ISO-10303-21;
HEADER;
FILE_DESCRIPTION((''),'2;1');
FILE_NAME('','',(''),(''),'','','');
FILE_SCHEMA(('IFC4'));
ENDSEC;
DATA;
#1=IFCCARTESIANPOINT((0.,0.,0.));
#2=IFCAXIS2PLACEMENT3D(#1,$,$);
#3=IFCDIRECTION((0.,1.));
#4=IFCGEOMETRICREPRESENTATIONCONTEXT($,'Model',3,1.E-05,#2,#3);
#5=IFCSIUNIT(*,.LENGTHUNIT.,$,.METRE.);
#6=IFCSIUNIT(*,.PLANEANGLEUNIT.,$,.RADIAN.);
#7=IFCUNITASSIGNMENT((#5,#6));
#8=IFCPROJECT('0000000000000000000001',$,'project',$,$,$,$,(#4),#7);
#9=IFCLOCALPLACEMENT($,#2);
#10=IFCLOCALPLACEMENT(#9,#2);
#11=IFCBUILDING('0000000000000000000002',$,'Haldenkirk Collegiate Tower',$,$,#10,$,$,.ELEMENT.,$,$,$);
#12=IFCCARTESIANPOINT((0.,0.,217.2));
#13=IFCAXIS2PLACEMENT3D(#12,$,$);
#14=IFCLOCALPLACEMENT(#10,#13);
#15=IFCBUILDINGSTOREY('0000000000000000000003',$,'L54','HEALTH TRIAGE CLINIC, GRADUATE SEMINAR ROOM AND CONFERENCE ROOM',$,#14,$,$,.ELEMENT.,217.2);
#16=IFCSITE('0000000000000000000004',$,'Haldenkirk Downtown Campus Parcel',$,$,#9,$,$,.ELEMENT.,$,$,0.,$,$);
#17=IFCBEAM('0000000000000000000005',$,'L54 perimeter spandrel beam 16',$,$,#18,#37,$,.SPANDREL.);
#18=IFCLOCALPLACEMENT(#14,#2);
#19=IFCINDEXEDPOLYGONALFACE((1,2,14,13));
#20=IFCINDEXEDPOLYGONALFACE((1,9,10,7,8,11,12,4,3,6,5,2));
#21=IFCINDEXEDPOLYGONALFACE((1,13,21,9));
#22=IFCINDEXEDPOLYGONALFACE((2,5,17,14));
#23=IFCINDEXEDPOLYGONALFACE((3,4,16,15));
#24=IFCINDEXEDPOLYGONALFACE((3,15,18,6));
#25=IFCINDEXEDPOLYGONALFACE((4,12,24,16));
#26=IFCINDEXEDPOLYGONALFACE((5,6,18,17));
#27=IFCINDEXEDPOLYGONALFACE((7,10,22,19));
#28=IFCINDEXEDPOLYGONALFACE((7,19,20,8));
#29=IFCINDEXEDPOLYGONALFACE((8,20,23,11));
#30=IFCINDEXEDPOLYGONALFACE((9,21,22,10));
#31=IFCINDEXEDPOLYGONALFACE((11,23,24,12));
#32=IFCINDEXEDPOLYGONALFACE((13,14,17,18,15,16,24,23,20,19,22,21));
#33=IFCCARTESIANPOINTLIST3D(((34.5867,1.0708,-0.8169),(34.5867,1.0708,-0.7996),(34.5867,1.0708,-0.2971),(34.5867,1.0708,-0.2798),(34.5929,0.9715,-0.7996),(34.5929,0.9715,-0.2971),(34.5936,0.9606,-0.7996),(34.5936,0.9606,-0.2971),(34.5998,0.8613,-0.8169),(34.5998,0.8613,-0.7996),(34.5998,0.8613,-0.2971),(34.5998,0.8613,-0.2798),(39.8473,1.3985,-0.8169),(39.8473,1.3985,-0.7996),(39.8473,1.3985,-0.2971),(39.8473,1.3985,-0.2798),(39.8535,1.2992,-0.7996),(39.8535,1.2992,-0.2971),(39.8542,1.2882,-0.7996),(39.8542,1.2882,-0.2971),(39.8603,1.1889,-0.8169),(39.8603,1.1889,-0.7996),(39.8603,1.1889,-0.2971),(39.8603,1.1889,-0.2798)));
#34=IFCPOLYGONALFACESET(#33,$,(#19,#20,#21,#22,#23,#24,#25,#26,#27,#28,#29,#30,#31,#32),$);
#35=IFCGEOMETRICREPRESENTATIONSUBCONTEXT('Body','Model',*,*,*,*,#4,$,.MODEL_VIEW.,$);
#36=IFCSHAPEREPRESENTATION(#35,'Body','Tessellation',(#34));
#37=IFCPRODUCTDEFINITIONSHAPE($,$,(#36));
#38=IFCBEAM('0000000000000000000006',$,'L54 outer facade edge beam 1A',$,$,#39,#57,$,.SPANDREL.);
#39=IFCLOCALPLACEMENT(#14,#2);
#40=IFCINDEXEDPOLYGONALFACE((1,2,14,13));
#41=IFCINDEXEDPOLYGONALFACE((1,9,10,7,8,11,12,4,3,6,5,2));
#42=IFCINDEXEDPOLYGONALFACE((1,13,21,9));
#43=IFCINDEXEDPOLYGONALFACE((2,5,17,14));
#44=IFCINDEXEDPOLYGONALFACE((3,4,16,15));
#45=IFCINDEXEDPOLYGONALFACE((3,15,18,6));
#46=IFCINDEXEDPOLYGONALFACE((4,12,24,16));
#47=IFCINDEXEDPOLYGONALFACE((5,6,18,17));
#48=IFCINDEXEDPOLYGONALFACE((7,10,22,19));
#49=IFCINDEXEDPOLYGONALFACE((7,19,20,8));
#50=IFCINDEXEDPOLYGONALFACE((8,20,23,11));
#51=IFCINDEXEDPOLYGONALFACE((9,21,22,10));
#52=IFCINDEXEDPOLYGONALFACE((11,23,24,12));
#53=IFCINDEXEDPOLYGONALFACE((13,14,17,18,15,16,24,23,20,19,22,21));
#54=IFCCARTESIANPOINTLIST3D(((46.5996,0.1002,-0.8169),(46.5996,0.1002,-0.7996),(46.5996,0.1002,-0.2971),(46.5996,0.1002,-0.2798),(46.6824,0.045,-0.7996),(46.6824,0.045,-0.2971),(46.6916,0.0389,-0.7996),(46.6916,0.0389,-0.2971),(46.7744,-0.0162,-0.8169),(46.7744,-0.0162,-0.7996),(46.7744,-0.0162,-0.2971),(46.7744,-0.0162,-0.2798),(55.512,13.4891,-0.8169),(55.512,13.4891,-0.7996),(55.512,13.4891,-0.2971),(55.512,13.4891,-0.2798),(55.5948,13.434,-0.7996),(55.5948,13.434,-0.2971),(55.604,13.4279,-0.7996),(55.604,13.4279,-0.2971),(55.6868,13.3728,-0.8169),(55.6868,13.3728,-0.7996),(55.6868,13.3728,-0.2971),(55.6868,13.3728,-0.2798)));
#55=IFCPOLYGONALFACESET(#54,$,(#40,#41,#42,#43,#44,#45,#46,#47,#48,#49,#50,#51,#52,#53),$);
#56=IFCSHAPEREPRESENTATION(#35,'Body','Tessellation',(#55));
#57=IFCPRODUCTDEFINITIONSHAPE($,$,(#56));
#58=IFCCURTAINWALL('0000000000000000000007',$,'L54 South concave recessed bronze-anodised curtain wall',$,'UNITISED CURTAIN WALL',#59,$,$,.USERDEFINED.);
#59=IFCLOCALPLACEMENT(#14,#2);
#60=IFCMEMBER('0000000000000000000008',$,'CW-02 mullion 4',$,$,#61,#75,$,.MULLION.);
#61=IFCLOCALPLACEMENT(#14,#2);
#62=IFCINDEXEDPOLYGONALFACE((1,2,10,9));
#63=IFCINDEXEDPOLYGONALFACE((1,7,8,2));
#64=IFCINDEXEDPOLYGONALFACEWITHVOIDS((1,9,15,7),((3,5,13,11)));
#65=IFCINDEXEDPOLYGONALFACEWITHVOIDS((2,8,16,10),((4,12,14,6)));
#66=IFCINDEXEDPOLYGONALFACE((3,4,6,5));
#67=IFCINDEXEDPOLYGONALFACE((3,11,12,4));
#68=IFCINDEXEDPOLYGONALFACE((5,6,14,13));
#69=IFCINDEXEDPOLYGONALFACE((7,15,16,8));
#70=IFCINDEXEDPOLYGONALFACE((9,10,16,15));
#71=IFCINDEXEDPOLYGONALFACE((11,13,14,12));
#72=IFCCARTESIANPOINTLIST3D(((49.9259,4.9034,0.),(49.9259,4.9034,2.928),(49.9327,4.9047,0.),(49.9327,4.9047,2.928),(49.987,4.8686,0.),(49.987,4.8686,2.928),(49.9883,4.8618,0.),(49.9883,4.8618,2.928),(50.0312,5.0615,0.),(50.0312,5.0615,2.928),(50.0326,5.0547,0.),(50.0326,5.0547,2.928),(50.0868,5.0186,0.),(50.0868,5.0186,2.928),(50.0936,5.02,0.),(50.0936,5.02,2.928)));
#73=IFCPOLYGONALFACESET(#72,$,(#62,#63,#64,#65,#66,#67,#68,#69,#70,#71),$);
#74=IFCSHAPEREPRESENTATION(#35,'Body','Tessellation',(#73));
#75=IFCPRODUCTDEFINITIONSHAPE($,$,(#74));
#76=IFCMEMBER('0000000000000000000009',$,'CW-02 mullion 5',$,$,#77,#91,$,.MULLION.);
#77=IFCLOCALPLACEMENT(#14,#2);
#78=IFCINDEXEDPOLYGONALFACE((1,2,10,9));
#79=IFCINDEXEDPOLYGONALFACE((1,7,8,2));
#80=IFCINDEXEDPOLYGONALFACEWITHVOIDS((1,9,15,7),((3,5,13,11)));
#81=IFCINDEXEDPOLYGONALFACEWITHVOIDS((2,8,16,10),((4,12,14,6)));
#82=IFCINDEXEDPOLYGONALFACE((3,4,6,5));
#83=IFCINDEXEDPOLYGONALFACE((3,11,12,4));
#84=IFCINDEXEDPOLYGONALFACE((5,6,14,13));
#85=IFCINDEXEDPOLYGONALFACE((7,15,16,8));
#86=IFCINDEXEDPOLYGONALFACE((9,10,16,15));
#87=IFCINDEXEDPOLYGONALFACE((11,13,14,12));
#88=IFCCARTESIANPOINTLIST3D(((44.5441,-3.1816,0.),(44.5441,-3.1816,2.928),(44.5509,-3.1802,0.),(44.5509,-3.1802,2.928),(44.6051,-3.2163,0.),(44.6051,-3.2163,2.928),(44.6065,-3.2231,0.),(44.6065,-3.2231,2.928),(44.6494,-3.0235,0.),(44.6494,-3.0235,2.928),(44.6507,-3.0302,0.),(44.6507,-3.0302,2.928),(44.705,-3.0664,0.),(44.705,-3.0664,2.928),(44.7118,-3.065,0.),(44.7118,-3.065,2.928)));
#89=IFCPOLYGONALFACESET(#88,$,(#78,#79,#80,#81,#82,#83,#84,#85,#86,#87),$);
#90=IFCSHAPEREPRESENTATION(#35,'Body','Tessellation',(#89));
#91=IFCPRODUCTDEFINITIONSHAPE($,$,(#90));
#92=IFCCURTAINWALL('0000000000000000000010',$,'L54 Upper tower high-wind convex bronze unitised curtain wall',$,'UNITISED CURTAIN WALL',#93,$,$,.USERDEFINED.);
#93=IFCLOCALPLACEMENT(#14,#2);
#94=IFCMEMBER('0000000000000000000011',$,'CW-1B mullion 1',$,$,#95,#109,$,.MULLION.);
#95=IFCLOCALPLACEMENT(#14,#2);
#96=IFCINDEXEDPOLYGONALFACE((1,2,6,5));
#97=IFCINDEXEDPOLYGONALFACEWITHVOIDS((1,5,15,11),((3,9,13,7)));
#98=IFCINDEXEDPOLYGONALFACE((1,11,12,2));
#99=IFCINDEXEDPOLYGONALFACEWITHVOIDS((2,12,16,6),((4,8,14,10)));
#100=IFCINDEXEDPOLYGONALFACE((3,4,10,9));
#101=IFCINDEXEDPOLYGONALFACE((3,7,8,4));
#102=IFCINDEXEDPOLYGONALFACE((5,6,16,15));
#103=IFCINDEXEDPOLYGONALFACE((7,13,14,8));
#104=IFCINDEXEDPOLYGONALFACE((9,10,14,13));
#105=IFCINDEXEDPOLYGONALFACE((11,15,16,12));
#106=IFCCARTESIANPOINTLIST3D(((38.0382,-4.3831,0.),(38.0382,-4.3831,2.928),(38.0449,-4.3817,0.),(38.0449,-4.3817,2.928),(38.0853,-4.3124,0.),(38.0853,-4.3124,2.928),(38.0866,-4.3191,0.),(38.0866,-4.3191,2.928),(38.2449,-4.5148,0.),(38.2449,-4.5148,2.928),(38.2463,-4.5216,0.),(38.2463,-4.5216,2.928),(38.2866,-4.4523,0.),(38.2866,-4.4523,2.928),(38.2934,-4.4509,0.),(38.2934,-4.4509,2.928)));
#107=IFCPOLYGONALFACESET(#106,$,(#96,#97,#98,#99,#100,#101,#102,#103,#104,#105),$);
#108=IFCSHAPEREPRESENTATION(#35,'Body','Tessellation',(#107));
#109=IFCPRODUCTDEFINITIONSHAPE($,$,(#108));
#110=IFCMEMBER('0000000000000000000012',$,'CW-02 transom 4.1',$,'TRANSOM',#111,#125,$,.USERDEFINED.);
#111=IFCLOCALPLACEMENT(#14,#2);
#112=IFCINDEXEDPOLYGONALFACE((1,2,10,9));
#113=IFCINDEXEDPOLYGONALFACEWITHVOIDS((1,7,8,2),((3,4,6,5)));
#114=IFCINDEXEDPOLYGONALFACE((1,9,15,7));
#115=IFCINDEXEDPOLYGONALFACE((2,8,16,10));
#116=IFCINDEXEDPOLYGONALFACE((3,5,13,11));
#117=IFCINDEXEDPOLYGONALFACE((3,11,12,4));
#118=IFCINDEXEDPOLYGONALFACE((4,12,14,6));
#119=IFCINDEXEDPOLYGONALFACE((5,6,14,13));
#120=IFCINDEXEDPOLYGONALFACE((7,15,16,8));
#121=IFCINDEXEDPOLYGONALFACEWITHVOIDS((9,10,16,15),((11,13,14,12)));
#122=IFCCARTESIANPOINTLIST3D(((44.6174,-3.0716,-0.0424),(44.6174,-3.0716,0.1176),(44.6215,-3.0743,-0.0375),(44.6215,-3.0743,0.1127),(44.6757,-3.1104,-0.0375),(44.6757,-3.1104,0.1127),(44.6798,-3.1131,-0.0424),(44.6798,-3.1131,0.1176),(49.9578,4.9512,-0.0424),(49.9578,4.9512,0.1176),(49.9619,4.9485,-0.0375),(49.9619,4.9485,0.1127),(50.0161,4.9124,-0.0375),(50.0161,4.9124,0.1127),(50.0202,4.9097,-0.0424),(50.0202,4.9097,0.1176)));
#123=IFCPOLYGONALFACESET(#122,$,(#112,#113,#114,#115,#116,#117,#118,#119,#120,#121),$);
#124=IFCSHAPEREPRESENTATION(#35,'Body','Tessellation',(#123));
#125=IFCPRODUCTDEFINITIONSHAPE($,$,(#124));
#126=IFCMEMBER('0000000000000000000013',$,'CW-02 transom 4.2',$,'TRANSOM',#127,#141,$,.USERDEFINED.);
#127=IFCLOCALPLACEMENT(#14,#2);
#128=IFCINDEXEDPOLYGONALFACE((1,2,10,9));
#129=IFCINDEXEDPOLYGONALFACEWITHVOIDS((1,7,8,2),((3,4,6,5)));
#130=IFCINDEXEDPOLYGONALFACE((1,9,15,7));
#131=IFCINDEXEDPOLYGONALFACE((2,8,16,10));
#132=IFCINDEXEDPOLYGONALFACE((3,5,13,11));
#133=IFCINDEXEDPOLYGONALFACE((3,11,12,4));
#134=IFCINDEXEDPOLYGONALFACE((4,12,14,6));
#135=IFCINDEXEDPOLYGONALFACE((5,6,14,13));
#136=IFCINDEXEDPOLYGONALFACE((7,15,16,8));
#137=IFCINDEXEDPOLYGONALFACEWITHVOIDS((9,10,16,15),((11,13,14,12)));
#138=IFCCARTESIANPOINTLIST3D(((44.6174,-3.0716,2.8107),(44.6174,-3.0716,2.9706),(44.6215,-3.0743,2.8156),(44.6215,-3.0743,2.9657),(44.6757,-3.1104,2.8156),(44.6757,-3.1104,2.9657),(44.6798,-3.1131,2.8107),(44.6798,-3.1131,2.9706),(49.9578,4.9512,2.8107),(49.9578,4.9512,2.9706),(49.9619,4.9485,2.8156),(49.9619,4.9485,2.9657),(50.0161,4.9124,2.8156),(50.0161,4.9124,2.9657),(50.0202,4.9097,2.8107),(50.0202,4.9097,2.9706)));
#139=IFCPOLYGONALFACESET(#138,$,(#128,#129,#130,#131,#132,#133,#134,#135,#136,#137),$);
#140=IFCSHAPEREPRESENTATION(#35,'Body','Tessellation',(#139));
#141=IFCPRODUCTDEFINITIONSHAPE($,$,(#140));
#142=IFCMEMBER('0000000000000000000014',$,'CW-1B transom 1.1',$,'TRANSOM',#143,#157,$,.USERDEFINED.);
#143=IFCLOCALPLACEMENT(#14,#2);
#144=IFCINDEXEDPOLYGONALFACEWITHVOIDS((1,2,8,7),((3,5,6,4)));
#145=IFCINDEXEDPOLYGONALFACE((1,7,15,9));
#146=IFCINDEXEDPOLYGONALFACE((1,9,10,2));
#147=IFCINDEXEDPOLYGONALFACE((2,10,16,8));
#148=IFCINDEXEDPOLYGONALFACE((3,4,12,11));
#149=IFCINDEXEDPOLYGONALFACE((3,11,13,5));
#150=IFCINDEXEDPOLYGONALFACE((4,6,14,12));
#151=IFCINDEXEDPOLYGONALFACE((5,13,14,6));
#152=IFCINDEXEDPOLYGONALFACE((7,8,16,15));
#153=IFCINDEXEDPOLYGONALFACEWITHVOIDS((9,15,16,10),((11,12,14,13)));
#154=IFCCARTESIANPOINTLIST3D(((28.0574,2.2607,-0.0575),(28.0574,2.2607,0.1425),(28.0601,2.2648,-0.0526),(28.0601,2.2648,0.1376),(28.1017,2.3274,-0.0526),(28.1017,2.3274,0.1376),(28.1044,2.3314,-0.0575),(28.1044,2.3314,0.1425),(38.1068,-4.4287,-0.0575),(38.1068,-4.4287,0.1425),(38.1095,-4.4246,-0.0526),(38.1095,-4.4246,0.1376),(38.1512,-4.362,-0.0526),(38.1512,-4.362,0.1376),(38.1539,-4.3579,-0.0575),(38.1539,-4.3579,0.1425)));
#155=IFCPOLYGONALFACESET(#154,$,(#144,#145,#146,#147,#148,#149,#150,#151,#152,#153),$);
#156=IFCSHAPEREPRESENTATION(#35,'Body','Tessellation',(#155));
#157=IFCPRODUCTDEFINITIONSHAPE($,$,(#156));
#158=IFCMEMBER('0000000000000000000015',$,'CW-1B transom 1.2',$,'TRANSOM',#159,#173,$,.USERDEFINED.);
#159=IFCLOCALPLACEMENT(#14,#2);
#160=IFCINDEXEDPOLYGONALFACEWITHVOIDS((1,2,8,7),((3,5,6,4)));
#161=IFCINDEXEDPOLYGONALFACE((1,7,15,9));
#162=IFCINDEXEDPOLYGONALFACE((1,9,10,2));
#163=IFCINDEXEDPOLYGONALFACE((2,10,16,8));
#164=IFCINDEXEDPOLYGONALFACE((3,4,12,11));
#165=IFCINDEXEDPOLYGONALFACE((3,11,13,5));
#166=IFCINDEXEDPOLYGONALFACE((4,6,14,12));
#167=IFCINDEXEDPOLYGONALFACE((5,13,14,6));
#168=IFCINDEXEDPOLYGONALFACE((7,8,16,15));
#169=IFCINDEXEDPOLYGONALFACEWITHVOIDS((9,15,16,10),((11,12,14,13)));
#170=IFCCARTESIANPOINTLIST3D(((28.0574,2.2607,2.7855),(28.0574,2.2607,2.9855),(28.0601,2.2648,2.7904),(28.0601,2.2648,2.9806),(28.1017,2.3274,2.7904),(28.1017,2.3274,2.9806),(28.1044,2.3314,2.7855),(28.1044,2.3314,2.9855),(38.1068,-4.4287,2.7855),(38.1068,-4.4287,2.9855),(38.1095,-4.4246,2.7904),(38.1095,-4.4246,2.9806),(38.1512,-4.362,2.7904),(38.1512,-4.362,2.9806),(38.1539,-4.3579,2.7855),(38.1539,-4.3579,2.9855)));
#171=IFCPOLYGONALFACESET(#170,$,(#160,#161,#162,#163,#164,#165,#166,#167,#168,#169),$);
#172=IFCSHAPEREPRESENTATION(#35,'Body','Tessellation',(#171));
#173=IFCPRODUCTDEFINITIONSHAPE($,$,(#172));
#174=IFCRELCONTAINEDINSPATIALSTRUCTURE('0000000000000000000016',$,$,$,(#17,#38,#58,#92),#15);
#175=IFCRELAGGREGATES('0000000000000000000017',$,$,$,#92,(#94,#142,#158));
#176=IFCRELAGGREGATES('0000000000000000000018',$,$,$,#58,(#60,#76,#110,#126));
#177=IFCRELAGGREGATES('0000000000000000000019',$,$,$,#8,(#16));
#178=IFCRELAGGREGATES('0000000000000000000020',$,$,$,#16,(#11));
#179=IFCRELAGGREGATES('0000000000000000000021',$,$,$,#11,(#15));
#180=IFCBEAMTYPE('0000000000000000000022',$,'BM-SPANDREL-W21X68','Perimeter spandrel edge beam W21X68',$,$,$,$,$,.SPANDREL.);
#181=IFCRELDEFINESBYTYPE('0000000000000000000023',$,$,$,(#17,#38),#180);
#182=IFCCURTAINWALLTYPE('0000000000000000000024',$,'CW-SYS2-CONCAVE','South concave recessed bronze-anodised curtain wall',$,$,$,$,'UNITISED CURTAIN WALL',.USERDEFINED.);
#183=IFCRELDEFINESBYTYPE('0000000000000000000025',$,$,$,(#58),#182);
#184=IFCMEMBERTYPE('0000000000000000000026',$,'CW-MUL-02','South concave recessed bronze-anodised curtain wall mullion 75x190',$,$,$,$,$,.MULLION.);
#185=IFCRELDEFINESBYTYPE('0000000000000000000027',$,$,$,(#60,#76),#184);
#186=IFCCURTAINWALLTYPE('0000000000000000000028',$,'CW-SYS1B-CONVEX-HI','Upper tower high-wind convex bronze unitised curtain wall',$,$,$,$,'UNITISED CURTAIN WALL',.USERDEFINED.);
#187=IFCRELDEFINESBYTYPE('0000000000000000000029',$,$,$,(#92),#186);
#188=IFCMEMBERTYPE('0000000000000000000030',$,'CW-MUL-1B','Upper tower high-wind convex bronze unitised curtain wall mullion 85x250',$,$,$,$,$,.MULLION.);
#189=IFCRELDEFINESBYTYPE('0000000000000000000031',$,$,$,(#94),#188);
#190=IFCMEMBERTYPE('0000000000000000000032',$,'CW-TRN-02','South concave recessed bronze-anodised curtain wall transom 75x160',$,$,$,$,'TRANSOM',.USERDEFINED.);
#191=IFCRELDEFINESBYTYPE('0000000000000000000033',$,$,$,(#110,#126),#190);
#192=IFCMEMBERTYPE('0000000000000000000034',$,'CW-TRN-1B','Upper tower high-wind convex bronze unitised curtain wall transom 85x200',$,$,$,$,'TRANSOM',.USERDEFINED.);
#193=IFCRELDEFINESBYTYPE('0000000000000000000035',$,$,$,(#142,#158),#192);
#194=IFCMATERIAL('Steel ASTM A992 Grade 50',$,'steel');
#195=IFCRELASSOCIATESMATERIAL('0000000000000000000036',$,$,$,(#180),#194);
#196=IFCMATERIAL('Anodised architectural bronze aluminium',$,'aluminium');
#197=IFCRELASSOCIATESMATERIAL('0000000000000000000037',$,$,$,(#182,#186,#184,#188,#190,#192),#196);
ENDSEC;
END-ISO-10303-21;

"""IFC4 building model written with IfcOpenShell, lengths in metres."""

from ifc_helpers import new_model, si_unit, direction, frame, origin, origin_2d, place, context, subcontext, project, spatial, hollow_rectangle, i_section, extrude, material, material_profile, profile_set, type_object, element, aggregate, save


model = new_model("IFC4")

# Units and contexts
model_context = context("Model", 3, precision=1e-05, world=origin(), true_north=direction((0.0, 1.0)))
body_context = subcontext(model_context, "Body", "Model", "MODEL_VIEW")
ifc_project = project(units=[si_unit("LENGTHUNIT", "METRE"), si_unit("PLANEANGLEUNIT", "RADIAN")], contexts=[model_context])

# Site, building, storey
site_placement = place(None, origin())
site = spatial("IfcSite", under=ifc_project, at=site_placement, Name="Haldenkirk Downtown Campus Parcel", CompositionType="ELEMENT", RefElevation=0.0)
building_placement = place(site_placement, origin())
building = spatial("IfcBuilding", under=site, at=building_placement, Name="Haldenkirk Collegiate Tower", CompositionType="ELEMENT")
storey_placement = place(building_placement, frame((0.0, 0.0, 217.2)))
storey = spatial("IfcBuildingStorey", under=building, at=storey_placement, Name="L54", Description="HEALTH TRIAGE CLINIC, GRADUATE SEMINAR ROOM AND CONFERENCE ROOM", CompositionType="ELEMENT", Elevation=217.2)

# Beams
ifc_material_1 = material(Name="Steel ASTM A992 Grade 50", Category="steel")
ifc_material_profile_1 = material_profile(ifc_material_1, i_section(OverallWidth=0.21, OverallDepth=0.5371, WebThickness=0.011, FlangeThickness=0.0173, at=origin_2d()), Name="W21X68")
ifc_profile_set_1 = profile_set([ifc_material_profile_1], Name="Steel ASTM A992 Grade 50")
beam_type_1 = type_object("IfcBeamType", Name="BM-SPANDREL-W21X68", Description="Perimeter spandrel edge beam W21X68", PredefinedType="SPANDREL", material=ifc_profile_set_1)
beam_1_placement = place(storey_placement, frame((34.5933, 0.9661, -0.5483), z_axis=(0.998066, 0.062162, 0.0), x_axis=(-0.062162, 0.998066, 0.0)))
element("IfcBeam", 1, at=beam_1_placement, inside=storey, type_object=beam_type_1, Name="L54 perimeter spandrel beam 16", PredefinedType="SPANDREL", context=body_context, shape_type="SweptSolid", body=[
    extrude(i_section(OverallWidth=0.21, OverallDepth=0.5371, WebThickness=0.011, FlangeThickness=0.0173, at=origin_2d()), origin(), (0.0, 0.0, 1.0), 5.2708),
])
beam_2_placement = place(storey_placement, frame((46.687, 0.042, -0.5483), z_axis=(0.554115, 0.83244, 0.0), x_axis=(-0.83244, 0.554115, 0.0)))
element("IfcBeam", 2, at=beam_2_placement, inside=storey, type_object=beam_type_1, Name="L54 outer facade edge beam 1A", PredefinedType="SPANDREL", context=body_context, shape_type="SweptSolid", body=[
    extrude(i_section(OverallWidth=0.21, OverallDepth=0.5371, WebThickness=0.011, FlangeThickness=0.0173, at=origin_2d()), origin(), (0.0, 0.0, 1.0), 16.084),
])

# Curtain wall, members
ifc_material_2 = material(Name="Anodised architectural bronze aluminium", Category="aluminium")
curtain_wall_type_1 = type_object("IfcCurtainWallType", Name="CW-SYS2-CONCAVE", Description="South concave recessed bronze-anodised curtain wall", ElementType="UNITISED CURTAIN WALL", PredefinedType="USERDEFINED", material=ifc_material_2)
curtain_wall_1_placement = place(storey_placement, origin())
curtain_wall_1 = element("IfcCurtainWall", 3, at=curtain_wall_1_placement, inside=storey, type_object=curtain_wall_type_1, Name="L54 South concave recessed bronze-anodised curtain wall", ObjectType="UNITISED CURTAIN WALL", PredefinedType="USERDEFINED")
ifc_material_profile_2 = material_profile(ifc_material_2, hollow_rectangle(XDim=0.075, YDim=0.1899, WallThickness=0.0049, at=origin_2d()), Name="CW-MUL-02")
ifc_profile_set_2 = profile_set([ifc_material_profile_2], Name="Anodised architectural bronze aluminium")
member_type_1 = type_object("IfcMemberType", Name="CW-MUL-02", Description="South concave recessed bronze-anodised curtain wall mullion 75x190", PredefinedType="MULLION", material=ifc_profile_set_2)
member_1_placement = place(storey_placement, frame((50.0098, 4.9617, 0.0), z_axis=(0.0, 0.0, 1.0), x_axis=(0.832438, -0.554118, 0.0)))
member_1 = element("IfcMember", 4, at=member_1_placement, type_object=member_type_1, Name="CW-02 mullion 4", PredefinedType="MULLION", context=body_context, shape_type="SweptSolid", body=[
    extrude(hollow_rectangle(XDim=0.075, YDim=0.1899, WallThickness=0.0049, at=origin_2d()), origin(), (0.0, 0.0, 1.0), 2.928),
])
member_2_placement = place(storey_placement, frame((44.6279, -3.1233, 0.0), z_axis=(0.0, 0.0, 1.0), x_axis=(0.832438, -0.554118, 0.0)))
member_2 = element("IfcMember", 5, at=member_2_placement, type_object=member_type_1, Name="CW-02 mullion 5", PredefinedType="MULLION", context=body_context, shape_type="SweptSolid", body=[
    extrude(hollow_rectangle(XDim=0.075, YDim=0.1899, WallThickness=0.0049, at=origin_2d()), origin(), (0.0, 0.0, 1.0), 2.928),
])

# Curtain wall, member
curtain_wall_type_2 = type_object("IfcCurtainWallType", Name="CW-SYS1B-CONVEX-HI", Description="Upper tower high-wind convex bronze unitised curtain wall", ElementType="UNITISED CURTAIN WALL", PredefinedType="USERDEFINED", material=ifc_material_2)
curtain_wall_2_placement = place(storey_placement, origin())
curtain_wall_2 = element("IfcCurtainWall", 6, at=curtain_wall_2_placement, inside=storey, type_object=curtain_wall_type_2, Name="L54 Upper tower high-wind convex bronze unitised curtain wall", ObjectType="UNITISED CURTAIN WALL", PredefinedType="USERDEFINED")
ifc_material_profile_3 = material_profile(ifc_material_2, hollow_rectangle(XDim=0.085, YDim=0.25, WallThickness=0.0049, at=origin_2d()), Name="CW-MUL-1B")
ifc_profile_set_3 = profile_set([ifc_material_profile_3], Name="Anodised architectural bronze aluminium")
member_type_2 = type_object("IfcMemberType", Name="CW-MUL-1B", Description="Upper tower high-wind convex bronze unitised curtain wall mullion 85x250", PredefinedType="MULLION", material=ifc_profile_set_3)
member_3_placement = place(storey_placement, frame((38.1658, -4.417, 0.0), z_axis=(0.0, 0.0, 1.0), x_axis=(-0.55412, -0.832437, 0.0)))
member_3 = element("IfcMember", 7, at=member_3_placement, type_object=member_type_2, Name="CW-1B mullion 1", PredefinedType="MULLION", context=body_context, shape_type="SweptSolid", body=[
    extrude(hollow_rectangle(XDim=0.085, YDim=0.25, WallThickness=0.0049, at=origin_2d()), origin(), (0.0, 0.0, 1.0), 2.928),
])

# Members
ifc_material_profile_4 = material_profile(ifc_material_2, hollow_rectangle(XDim=0.075, YDim=0.1599, WallThickness=0.0049, at=origin_2d()), Name="CW-TRN-02")
ifc_profile_set_4 = profile_set([ifc_material_profile_4], Name="Anodised architectural bronze aluminium")
member_type_3 = type_object("IfcMemberType", Name="CW-TRN-02", Description="South concave recessed bronze-anodised curtain wall transom 75x160", ElementType="TRANSOM", PredefinedType="USERDEFINED", material=ifc_profile_set_4)
member_4_placement = place(storey_placement, frame((49.989, 4.9304, 0.0376), z_axis=(-0.554115, -0.83244, 0.0), x_axis=(0.83244, -0.554115, 0.0)))
member_4 = element("IfcMember", 8, at=member_4_placement, type_object=member_type_3, Name="CW-02 transom 4.1", ObjectType="TRANSOM", PredefinedType="USERDEFINED", context=body_context, shape_type="SweptSolid", body=[
    extrude(hollow_rectangle(XDim=0.075, YDim=0.1599, WallThickness=0.0049, at=origin_2d()), origin(), (0.0, 0.0, 1.0), 9.6377),
])
member_5_placement = place(storey_placement, frame((49.989, 4.9304, 2.8906), z_axis=(-0.554115, -0.83244, 0.0), x_axis=(0.83244, -0.554115, 0.0)))
member_5 = element("IfcMember", 9, at=member_5_placement, type_object=member_type_3, Name="CW-02 transom 4.2", ObjectType="TRANSOM", PredefinedType="USERDEFINED", context=body_context, shape_type="SweptSolid", body=[
    extrude(hollow_rectangle(XDim=0.075, YDim=0.1599, WallThickness=0.0049, at=origin_2d()), origin(), (0.0, 0.0, 1.0), 9.6377),
])
ifc_material_profile_5 = material_profile(ifc_material_2, hollow_rectangle(XDim=0.085, YDim=0.2, WallThickness=0.0049, at=origin_2d()), Name="CW-TRN-1B")
ifc_profile_set_5 = profile_set([ifc_material_profile_5], Name="Anodised architectural bronze aluminium")
member_type_4 = type_object("IfcMemberType", Name="CW-TRN-1B", Description="Upper tower high-wind convex bronze unitised curtain wall transom 85x200", ElementType="TRANSOM", PredefinedType="USERDEFINED", material=ifc_profile_set_5)
member_6_placement = place(storey_placement, frame((38.1304, -4.3933, 0.0425), z_axis=(-0.832442, 0.554112, 0.0), x_axis=(-0.554112, -0.832442, 0.0)))
member_6 = element("IfcMember", 10, at=member_6_placement, type_object=member_type_4, Name="CW-1B transom 1.1", ObjectType="TRANSOM", PredefinedType="USERDEFINED", context=body_context, shape_type="SweptSolid", body=[
    extrude(hollow_rectangle(XDim=0.085, YDim=0.2, WallThickness=0.0049, at=origin_2d()), origin(), (0.0, 0.0, 1.0), 12.0723),
])
member_7_placement = place(storey_placement, frame((38.1304, -4.3933, 2.8855), z_axis=(-0.832442, 0.554112, 0.0), x_axis=(-0.554112, -0.832442, 0.0)))
member_7 = element("IfcMember", 11, at=member_7_placement, type_object=member_type_4, Name="CW-1B transom 1.2", ObjectType="TRANSOM", PredefinedType="USERDEFINED", context=body_context, shape_type="SweptSolid", body=[
    extrude(hollow_rectangle(XDim=0.085, YDim=0.2, WallThickness=0.0049, at=origin_2d()), origin(), (0.0, 0.0, 1.0), 12.0723),
])

aggregate(curtain_wall_2, [member_3, member_6, member_7])
aggregate(curtain_wall_1, [member_1, member_2, member_4, member_5])

save(model, "model.ifc")
